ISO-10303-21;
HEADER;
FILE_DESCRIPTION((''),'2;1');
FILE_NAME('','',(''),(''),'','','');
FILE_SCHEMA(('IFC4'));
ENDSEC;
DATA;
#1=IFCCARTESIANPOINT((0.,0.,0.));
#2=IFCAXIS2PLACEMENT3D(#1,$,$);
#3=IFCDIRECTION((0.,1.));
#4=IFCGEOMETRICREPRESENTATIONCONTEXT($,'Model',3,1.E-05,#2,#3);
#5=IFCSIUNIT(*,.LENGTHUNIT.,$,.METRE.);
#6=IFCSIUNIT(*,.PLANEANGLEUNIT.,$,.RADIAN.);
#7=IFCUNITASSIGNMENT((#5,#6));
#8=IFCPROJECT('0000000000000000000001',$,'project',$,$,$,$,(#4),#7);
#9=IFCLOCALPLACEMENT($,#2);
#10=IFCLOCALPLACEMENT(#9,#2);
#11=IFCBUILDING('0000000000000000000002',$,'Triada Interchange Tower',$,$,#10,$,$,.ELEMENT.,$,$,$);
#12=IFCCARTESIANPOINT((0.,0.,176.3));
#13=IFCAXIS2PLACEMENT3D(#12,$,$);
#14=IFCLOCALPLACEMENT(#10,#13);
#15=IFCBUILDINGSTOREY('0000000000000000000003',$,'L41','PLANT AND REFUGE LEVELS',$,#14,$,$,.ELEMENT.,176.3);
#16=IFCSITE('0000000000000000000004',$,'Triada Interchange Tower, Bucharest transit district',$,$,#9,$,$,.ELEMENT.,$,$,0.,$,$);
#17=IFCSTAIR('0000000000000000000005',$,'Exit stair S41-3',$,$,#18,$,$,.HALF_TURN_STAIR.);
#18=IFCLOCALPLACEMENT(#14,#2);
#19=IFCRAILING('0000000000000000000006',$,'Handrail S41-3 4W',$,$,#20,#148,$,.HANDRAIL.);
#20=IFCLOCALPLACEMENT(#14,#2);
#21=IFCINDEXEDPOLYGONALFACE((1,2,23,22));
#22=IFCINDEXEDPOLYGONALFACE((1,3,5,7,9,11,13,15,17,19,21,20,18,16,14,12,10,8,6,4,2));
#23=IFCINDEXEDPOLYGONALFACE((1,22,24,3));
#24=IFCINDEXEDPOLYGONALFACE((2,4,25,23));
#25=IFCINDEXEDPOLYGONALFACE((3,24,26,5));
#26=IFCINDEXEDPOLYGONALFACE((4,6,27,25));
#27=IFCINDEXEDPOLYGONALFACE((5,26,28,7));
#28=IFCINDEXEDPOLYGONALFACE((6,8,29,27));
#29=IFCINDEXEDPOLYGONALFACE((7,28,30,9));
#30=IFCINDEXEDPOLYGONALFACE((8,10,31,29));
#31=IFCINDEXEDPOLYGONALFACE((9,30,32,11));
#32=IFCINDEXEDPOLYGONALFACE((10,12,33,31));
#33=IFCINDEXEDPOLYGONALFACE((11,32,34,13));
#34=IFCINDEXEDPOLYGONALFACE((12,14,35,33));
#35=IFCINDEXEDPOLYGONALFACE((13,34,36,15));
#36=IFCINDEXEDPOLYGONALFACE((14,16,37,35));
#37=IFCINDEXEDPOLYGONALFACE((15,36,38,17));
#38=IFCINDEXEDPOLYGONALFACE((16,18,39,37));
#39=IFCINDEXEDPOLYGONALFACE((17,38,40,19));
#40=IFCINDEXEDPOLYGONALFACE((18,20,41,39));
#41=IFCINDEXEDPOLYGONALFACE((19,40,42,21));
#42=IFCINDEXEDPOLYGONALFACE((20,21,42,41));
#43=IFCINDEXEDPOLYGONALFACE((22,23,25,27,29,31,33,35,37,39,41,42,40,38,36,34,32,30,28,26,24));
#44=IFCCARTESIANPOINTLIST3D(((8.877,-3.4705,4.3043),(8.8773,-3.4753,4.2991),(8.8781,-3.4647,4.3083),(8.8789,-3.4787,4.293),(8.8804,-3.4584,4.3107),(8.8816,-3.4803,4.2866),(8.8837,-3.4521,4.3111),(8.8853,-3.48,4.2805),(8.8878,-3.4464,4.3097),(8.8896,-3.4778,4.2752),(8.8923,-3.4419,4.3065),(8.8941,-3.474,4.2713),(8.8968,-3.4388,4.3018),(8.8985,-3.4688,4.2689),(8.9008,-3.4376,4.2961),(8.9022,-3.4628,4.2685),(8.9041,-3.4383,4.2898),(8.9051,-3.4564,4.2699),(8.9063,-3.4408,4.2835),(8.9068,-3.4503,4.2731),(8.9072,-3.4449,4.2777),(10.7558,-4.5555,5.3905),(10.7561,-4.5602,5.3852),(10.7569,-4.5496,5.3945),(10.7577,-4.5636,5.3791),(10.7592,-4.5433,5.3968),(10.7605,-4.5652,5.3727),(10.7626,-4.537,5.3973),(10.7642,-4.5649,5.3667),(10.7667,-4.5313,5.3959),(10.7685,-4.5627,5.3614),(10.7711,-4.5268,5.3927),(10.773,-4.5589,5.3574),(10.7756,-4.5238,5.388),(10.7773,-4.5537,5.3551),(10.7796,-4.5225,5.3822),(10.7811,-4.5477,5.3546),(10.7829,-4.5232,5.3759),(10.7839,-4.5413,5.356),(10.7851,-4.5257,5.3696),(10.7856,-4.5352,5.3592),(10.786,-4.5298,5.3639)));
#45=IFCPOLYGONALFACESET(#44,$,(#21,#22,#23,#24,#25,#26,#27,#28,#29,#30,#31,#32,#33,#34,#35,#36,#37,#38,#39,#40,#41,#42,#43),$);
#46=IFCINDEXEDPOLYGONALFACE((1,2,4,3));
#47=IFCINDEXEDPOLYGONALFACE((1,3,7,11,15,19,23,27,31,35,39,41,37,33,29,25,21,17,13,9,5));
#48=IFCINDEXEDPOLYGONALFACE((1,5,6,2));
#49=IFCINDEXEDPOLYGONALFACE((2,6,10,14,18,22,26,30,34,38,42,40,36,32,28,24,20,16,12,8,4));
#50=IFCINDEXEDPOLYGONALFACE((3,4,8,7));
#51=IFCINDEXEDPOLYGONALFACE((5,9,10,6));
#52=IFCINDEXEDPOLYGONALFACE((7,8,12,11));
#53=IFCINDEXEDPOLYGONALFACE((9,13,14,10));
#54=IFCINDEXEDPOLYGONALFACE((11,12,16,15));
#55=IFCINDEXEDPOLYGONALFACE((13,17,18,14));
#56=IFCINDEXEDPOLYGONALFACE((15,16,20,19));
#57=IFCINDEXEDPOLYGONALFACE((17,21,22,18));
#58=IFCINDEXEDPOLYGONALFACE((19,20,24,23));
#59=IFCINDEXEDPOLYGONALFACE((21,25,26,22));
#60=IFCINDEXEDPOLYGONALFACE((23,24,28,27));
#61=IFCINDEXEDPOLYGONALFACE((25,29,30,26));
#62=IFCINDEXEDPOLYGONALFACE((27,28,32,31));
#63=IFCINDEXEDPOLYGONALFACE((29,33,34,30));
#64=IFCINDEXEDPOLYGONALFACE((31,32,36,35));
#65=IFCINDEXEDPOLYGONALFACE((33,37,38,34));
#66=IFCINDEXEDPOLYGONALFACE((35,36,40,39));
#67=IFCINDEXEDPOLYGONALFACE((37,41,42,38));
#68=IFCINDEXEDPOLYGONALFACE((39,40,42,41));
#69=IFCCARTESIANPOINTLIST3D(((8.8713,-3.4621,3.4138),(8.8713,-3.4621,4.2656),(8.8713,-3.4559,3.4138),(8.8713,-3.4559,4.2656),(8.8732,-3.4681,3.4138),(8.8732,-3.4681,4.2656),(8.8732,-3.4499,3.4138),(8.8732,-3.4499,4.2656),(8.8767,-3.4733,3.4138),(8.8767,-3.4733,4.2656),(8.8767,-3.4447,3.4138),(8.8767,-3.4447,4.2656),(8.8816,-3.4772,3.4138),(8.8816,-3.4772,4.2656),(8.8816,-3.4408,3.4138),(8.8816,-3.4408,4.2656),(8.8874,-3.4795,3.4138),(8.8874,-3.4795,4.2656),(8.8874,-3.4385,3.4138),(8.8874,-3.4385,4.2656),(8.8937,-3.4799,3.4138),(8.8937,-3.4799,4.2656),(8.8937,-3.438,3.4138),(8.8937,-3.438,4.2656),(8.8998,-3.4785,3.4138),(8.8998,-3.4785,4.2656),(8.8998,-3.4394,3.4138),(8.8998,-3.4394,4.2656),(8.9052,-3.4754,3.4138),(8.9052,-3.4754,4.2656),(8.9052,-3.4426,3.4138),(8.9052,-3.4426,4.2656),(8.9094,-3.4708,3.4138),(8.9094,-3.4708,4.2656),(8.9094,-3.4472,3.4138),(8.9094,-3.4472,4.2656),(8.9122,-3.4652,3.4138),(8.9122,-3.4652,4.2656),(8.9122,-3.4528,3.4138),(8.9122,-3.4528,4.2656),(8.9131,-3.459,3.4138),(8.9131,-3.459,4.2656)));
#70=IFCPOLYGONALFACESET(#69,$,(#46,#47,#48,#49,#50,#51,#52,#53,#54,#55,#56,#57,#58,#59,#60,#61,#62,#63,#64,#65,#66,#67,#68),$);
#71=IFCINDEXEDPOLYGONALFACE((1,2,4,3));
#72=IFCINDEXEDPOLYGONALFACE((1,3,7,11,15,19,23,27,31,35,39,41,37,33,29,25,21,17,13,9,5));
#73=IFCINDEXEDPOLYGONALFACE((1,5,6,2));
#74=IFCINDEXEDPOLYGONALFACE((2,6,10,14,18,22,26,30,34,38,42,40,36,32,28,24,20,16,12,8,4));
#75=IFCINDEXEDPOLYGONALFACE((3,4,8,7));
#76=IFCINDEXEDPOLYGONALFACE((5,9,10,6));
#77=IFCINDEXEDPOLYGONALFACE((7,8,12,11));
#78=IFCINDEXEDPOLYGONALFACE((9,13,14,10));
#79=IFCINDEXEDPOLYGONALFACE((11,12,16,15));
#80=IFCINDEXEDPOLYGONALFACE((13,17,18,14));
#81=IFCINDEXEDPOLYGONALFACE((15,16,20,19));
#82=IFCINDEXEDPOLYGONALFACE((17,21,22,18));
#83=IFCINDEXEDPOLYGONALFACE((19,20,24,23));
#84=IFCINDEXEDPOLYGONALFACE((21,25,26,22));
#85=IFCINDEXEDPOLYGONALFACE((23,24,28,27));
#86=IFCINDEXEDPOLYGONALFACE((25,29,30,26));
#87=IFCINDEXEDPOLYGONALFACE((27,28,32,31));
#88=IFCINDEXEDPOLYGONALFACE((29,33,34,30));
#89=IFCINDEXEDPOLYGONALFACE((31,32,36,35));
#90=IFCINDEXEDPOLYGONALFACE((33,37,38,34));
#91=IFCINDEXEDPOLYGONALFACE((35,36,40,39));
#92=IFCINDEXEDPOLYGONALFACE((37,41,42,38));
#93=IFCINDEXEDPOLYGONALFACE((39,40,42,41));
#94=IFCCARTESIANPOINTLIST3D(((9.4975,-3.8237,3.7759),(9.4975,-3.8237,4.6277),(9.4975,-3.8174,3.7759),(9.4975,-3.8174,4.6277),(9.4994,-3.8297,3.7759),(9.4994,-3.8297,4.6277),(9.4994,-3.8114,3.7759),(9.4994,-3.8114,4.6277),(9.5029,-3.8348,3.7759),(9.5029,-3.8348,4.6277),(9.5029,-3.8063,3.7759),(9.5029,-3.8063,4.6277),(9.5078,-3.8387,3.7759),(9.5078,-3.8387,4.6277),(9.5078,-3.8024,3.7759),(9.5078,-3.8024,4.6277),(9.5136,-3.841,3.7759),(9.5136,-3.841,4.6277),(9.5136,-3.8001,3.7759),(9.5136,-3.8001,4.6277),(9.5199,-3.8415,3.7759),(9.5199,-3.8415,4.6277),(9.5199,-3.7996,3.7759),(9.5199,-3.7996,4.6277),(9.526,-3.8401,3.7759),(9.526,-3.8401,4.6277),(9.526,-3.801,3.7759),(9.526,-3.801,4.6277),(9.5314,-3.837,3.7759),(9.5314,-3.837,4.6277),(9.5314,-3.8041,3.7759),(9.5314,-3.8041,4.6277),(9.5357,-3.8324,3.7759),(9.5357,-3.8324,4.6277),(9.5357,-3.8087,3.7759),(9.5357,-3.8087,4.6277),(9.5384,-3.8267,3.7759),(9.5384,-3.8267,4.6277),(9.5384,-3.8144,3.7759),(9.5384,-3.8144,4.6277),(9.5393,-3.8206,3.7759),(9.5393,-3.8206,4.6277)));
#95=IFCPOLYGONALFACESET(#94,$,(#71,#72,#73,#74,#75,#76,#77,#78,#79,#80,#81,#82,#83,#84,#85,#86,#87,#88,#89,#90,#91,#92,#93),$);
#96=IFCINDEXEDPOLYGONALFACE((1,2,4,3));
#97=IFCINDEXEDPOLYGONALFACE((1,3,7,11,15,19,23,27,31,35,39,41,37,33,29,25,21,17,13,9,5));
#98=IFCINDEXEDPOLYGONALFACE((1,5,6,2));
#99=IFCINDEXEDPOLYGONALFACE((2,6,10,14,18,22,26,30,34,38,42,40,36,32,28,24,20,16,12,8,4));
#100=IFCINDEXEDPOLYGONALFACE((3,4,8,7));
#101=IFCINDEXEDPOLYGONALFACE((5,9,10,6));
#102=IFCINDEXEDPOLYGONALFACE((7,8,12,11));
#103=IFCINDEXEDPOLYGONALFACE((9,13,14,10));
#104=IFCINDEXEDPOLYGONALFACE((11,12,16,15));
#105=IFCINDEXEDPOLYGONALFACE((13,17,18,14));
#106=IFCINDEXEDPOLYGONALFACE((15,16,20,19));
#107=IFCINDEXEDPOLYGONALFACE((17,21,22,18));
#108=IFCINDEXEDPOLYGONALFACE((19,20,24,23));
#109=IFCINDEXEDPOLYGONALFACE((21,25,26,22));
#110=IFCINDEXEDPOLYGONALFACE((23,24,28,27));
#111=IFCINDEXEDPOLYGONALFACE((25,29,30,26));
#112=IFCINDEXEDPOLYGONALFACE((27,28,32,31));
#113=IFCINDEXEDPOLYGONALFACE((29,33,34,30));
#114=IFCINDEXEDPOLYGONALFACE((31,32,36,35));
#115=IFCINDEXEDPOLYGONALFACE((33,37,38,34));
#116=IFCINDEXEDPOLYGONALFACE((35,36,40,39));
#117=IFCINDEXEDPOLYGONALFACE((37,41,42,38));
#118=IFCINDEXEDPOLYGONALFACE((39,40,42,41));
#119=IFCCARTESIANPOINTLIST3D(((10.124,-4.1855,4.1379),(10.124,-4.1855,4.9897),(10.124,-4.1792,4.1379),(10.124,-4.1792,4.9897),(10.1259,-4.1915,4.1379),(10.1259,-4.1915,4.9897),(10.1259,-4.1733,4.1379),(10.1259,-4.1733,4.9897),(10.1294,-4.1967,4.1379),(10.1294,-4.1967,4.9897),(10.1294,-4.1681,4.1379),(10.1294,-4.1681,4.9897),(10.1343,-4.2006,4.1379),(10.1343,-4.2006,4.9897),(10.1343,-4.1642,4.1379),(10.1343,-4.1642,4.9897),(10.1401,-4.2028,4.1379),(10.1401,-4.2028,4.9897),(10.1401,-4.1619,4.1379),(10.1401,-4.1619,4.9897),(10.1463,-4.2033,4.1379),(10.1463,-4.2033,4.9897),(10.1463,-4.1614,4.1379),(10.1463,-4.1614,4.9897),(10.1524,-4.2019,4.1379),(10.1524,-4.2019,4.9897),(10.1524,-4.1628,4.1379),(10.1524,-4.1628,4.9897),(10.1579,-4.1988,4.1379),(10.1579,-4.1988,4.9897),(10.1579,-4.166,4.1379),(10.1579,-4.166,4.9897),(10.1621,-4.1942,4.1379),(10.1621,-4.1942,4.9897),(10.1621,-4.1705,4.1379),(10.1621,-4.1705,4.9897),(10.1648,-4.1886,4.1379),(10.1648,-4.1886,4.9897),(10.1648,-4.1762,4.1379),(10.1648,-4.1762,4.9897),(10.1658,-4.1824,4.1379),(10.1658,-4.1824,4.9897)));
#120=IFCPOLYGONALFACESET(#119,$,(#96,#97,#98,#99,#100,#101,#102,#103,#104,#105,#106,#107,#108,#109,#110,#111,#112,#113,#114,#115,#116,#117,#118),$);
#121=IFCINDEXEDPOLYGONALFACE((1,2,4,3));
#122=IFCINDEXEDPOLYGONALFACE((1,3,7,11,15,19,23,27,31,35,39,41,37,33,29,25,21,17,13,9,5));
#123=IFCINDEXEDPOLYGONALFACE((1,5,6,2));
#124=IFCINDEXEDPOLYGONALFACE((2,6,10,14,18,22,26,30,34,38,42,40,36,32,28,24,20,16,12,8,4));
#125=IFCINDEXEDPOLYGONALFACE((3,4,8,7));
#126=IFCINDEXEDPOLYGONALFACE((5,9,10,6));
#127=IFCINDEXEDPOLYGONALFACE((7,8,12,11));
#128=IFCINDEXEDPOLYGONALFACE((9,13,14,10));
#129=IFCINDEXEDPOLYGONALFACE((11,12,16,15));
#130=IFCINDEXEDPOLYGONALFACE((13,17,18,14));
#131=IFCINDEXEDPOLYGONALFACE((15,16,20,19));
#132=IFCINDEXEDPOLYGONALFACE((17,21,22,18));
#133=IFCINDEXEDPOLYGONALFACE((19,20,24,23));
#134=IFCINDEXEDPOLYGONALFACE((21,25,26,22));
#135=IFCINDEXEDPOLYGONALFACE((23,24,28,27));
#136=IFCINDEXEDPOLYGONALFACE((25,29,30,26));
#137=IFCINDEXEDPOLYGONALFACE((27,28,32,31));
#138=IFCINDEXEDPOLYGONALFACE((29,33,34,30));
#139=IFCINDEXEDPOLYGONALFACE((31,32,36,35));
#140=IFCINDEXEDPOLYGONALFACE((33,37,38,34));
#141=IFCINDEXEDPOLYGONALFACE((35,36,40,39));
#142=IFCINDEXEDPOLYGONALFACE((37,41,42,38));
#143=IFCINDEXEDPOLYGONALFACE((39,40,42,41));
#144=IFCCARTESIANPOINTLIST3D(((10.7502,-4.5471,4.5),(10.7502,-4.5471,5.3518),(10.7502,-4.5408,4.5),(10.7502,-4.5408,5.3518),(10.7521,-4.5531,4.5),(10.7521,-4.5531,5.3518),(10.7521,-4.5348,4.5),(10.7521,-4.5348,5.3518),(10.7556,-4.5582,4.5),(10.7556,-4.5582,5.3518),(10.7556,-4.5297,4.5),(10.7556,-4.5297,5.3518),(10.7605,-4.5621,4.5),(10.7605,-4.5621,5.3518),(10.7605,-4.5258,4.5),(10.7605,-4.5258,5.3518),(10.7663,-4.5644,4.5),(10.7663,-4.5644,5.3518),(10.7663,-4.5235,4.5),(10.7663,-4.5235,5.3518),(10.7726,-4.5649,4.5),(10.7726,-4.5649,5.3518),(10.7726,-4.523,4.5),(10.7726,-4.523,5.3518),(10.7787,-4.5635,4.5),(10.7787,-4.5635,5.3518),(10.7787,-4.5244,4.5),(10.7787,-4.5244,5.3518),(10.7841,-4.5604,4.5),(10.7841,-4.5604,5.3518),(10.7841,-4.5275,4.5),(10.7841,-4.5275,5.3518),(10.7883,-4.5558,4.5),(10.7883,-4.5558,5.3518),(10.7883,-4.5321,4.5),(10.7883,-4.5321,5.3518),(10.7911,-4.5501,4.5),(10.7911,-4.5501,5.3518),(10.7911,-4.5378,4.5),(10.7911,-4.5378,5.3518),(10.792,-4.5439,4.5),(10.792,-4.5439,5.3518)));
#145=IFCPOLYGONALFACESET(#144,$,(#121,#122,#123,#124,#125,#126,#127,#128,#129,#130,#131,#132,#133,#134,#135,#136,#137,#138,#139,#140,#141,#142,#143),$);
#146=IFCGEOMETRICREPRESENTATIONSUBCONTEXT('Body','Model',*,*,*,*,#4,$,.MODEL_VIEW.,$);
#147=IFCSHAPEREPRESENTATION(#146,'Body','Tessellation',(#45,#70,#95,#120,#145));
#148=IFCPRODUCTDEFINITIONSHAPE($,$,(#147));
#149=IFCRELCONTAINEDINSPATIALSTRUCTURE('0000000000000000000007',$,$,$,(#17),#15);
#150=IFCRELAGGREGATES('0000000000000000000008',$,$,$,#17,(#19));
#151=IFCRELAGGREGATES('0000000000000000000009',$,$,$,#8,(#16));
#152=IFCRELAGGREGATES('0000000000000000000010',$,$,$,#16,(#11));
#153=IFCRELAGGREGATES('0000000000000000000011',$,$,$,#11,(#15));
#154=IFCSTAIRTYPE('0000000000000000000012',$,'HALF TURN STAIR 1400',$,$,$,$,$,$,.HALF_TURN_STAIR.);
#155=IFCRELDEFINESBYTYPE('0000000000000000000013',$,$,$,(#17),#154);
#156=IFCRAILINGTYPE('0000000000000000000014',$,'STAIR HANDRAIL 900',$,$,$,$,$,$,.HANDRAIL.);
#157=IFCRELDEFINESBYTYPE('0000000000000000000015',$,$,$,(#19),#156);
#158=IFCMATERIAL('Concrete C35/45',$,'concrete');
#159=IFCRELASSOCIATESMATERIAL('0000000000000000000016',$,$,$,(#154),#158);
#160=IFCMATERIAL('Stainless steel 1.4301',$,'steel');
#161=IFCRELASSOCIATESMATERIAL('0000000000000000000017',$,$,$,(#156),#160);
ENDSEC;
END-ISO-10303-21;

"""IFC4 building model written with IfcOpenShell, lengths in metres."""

from ifc_helpers import new_model, si_unit, direction, frame, origin, origin_2d, place, context, subcontext, project, spatial, circle, extrude, material, type_object, element, aggregate, save


model = new_model("IFC4")

# Units and contexts
model_context = context("Model", 3, precision=1e-05, world=origin(), true_north=direction((0.0, 1.0)))
body_context = subcontext(model_context, "Body", "Model", "MODEL_VIEW")
ifc_project = project(units=[si_unit("LENGTHUNIT", "METRE"), si_unit("PLANEANGLEUNIT", "RADIAN")], contexts=[model_context])

# Site, building, storey
site_placement = place(None, origin())
site = spatial("IfcSite", under=ifc_project, at=site_placement, Name="Triada Interchange Tower, Bucharest transit district", CompositionType="ELEMENT", RefElevation=0.0)
building_placement = place(site_placement, origin())
building = spatial("IfcBuilding", under=site, at=building_placement, Name="Triada Interchange Tower", CompositionType="ELEMENT")
storey_placement = place(building_placement, frame((0.0, 0.0, 176.3)))
storey = spatial("IfcBuildingStorey", under=building, at=storey_placement, Name="L41", Description="PLANT AND REFUGE LEVELS", CompositionType="ELEMENT", Elevation=176.3)

# Shared definitions
ifc_material_1 = material(Name="Concrete C35/45", Category="concrete")

# Stair, railing
stair_type = type_object("IfcStairType", Name="HALF TURN STAIR 1400", PredefinedType="HALF_TURN_STAIR", material=ifc_material_1)
stair_placement = place(storey_placement, origin())
stair = element("IfcStair", 1, at=stair_placement, inside=storey, type_object=stair_type, Name="Exit stair S41-3", PredefinedType="HALF_TURN_STAIR")
ifc_material_2 = material(Name="Stainless steel 1.4301", Category="steel")
railing_type_1 = type_object("IfcRailingType", Name="STAIR HANDRAIL 900", PredefinedType="HANDRAIL", material=ifc_material_2)
railing_1_placement = place(storey_placement, frame((8.8921, -3.459, 3.4138)))
railing_1 = element("IfcRailing", 2, at=railing_1_placement, type_object=railing_type_1, Name="Handrail S41-3 4W", PredefinedType="HANDRAIL", context=body_context, shape_type="SweptSolid", body=[
    extrude(circle(Radius=0.0239, at=origin_2d()), frame((0.0, 0.0, 0.876), z_axis=(0.774373, -0.447156, 0.447659), x_axis=(0.50006, 0.865991, 0.0)), (0.0, 0.0, 1.0), 2.4263),
    extrude(circle(Radius=0.021, at=origin_2d()), origin(), (0.0, 0.0, 1.0), 0.8518),
    extrude(circle(Radius=0.021, at=origin_2d()), frame((0.6262, -0.3616, 0.3621)), (0.0, 0.0, 1.0), 0.8518),
    extrude(circle(Radius=0.021, at=origin_2d()), frame((1.2527, -0.7234, 0.7241)), (0.0, 0.0, 1.0), 0.8518),
    extrude(circle(Radius=0.021, at=origin_2d()), frame((1.8789, -1.085, 1.0862)), (0.0, 0.0, 1.0), 0.8518),
])
aggregate(stair, [railing_1])

save(model, "model.ifc")
